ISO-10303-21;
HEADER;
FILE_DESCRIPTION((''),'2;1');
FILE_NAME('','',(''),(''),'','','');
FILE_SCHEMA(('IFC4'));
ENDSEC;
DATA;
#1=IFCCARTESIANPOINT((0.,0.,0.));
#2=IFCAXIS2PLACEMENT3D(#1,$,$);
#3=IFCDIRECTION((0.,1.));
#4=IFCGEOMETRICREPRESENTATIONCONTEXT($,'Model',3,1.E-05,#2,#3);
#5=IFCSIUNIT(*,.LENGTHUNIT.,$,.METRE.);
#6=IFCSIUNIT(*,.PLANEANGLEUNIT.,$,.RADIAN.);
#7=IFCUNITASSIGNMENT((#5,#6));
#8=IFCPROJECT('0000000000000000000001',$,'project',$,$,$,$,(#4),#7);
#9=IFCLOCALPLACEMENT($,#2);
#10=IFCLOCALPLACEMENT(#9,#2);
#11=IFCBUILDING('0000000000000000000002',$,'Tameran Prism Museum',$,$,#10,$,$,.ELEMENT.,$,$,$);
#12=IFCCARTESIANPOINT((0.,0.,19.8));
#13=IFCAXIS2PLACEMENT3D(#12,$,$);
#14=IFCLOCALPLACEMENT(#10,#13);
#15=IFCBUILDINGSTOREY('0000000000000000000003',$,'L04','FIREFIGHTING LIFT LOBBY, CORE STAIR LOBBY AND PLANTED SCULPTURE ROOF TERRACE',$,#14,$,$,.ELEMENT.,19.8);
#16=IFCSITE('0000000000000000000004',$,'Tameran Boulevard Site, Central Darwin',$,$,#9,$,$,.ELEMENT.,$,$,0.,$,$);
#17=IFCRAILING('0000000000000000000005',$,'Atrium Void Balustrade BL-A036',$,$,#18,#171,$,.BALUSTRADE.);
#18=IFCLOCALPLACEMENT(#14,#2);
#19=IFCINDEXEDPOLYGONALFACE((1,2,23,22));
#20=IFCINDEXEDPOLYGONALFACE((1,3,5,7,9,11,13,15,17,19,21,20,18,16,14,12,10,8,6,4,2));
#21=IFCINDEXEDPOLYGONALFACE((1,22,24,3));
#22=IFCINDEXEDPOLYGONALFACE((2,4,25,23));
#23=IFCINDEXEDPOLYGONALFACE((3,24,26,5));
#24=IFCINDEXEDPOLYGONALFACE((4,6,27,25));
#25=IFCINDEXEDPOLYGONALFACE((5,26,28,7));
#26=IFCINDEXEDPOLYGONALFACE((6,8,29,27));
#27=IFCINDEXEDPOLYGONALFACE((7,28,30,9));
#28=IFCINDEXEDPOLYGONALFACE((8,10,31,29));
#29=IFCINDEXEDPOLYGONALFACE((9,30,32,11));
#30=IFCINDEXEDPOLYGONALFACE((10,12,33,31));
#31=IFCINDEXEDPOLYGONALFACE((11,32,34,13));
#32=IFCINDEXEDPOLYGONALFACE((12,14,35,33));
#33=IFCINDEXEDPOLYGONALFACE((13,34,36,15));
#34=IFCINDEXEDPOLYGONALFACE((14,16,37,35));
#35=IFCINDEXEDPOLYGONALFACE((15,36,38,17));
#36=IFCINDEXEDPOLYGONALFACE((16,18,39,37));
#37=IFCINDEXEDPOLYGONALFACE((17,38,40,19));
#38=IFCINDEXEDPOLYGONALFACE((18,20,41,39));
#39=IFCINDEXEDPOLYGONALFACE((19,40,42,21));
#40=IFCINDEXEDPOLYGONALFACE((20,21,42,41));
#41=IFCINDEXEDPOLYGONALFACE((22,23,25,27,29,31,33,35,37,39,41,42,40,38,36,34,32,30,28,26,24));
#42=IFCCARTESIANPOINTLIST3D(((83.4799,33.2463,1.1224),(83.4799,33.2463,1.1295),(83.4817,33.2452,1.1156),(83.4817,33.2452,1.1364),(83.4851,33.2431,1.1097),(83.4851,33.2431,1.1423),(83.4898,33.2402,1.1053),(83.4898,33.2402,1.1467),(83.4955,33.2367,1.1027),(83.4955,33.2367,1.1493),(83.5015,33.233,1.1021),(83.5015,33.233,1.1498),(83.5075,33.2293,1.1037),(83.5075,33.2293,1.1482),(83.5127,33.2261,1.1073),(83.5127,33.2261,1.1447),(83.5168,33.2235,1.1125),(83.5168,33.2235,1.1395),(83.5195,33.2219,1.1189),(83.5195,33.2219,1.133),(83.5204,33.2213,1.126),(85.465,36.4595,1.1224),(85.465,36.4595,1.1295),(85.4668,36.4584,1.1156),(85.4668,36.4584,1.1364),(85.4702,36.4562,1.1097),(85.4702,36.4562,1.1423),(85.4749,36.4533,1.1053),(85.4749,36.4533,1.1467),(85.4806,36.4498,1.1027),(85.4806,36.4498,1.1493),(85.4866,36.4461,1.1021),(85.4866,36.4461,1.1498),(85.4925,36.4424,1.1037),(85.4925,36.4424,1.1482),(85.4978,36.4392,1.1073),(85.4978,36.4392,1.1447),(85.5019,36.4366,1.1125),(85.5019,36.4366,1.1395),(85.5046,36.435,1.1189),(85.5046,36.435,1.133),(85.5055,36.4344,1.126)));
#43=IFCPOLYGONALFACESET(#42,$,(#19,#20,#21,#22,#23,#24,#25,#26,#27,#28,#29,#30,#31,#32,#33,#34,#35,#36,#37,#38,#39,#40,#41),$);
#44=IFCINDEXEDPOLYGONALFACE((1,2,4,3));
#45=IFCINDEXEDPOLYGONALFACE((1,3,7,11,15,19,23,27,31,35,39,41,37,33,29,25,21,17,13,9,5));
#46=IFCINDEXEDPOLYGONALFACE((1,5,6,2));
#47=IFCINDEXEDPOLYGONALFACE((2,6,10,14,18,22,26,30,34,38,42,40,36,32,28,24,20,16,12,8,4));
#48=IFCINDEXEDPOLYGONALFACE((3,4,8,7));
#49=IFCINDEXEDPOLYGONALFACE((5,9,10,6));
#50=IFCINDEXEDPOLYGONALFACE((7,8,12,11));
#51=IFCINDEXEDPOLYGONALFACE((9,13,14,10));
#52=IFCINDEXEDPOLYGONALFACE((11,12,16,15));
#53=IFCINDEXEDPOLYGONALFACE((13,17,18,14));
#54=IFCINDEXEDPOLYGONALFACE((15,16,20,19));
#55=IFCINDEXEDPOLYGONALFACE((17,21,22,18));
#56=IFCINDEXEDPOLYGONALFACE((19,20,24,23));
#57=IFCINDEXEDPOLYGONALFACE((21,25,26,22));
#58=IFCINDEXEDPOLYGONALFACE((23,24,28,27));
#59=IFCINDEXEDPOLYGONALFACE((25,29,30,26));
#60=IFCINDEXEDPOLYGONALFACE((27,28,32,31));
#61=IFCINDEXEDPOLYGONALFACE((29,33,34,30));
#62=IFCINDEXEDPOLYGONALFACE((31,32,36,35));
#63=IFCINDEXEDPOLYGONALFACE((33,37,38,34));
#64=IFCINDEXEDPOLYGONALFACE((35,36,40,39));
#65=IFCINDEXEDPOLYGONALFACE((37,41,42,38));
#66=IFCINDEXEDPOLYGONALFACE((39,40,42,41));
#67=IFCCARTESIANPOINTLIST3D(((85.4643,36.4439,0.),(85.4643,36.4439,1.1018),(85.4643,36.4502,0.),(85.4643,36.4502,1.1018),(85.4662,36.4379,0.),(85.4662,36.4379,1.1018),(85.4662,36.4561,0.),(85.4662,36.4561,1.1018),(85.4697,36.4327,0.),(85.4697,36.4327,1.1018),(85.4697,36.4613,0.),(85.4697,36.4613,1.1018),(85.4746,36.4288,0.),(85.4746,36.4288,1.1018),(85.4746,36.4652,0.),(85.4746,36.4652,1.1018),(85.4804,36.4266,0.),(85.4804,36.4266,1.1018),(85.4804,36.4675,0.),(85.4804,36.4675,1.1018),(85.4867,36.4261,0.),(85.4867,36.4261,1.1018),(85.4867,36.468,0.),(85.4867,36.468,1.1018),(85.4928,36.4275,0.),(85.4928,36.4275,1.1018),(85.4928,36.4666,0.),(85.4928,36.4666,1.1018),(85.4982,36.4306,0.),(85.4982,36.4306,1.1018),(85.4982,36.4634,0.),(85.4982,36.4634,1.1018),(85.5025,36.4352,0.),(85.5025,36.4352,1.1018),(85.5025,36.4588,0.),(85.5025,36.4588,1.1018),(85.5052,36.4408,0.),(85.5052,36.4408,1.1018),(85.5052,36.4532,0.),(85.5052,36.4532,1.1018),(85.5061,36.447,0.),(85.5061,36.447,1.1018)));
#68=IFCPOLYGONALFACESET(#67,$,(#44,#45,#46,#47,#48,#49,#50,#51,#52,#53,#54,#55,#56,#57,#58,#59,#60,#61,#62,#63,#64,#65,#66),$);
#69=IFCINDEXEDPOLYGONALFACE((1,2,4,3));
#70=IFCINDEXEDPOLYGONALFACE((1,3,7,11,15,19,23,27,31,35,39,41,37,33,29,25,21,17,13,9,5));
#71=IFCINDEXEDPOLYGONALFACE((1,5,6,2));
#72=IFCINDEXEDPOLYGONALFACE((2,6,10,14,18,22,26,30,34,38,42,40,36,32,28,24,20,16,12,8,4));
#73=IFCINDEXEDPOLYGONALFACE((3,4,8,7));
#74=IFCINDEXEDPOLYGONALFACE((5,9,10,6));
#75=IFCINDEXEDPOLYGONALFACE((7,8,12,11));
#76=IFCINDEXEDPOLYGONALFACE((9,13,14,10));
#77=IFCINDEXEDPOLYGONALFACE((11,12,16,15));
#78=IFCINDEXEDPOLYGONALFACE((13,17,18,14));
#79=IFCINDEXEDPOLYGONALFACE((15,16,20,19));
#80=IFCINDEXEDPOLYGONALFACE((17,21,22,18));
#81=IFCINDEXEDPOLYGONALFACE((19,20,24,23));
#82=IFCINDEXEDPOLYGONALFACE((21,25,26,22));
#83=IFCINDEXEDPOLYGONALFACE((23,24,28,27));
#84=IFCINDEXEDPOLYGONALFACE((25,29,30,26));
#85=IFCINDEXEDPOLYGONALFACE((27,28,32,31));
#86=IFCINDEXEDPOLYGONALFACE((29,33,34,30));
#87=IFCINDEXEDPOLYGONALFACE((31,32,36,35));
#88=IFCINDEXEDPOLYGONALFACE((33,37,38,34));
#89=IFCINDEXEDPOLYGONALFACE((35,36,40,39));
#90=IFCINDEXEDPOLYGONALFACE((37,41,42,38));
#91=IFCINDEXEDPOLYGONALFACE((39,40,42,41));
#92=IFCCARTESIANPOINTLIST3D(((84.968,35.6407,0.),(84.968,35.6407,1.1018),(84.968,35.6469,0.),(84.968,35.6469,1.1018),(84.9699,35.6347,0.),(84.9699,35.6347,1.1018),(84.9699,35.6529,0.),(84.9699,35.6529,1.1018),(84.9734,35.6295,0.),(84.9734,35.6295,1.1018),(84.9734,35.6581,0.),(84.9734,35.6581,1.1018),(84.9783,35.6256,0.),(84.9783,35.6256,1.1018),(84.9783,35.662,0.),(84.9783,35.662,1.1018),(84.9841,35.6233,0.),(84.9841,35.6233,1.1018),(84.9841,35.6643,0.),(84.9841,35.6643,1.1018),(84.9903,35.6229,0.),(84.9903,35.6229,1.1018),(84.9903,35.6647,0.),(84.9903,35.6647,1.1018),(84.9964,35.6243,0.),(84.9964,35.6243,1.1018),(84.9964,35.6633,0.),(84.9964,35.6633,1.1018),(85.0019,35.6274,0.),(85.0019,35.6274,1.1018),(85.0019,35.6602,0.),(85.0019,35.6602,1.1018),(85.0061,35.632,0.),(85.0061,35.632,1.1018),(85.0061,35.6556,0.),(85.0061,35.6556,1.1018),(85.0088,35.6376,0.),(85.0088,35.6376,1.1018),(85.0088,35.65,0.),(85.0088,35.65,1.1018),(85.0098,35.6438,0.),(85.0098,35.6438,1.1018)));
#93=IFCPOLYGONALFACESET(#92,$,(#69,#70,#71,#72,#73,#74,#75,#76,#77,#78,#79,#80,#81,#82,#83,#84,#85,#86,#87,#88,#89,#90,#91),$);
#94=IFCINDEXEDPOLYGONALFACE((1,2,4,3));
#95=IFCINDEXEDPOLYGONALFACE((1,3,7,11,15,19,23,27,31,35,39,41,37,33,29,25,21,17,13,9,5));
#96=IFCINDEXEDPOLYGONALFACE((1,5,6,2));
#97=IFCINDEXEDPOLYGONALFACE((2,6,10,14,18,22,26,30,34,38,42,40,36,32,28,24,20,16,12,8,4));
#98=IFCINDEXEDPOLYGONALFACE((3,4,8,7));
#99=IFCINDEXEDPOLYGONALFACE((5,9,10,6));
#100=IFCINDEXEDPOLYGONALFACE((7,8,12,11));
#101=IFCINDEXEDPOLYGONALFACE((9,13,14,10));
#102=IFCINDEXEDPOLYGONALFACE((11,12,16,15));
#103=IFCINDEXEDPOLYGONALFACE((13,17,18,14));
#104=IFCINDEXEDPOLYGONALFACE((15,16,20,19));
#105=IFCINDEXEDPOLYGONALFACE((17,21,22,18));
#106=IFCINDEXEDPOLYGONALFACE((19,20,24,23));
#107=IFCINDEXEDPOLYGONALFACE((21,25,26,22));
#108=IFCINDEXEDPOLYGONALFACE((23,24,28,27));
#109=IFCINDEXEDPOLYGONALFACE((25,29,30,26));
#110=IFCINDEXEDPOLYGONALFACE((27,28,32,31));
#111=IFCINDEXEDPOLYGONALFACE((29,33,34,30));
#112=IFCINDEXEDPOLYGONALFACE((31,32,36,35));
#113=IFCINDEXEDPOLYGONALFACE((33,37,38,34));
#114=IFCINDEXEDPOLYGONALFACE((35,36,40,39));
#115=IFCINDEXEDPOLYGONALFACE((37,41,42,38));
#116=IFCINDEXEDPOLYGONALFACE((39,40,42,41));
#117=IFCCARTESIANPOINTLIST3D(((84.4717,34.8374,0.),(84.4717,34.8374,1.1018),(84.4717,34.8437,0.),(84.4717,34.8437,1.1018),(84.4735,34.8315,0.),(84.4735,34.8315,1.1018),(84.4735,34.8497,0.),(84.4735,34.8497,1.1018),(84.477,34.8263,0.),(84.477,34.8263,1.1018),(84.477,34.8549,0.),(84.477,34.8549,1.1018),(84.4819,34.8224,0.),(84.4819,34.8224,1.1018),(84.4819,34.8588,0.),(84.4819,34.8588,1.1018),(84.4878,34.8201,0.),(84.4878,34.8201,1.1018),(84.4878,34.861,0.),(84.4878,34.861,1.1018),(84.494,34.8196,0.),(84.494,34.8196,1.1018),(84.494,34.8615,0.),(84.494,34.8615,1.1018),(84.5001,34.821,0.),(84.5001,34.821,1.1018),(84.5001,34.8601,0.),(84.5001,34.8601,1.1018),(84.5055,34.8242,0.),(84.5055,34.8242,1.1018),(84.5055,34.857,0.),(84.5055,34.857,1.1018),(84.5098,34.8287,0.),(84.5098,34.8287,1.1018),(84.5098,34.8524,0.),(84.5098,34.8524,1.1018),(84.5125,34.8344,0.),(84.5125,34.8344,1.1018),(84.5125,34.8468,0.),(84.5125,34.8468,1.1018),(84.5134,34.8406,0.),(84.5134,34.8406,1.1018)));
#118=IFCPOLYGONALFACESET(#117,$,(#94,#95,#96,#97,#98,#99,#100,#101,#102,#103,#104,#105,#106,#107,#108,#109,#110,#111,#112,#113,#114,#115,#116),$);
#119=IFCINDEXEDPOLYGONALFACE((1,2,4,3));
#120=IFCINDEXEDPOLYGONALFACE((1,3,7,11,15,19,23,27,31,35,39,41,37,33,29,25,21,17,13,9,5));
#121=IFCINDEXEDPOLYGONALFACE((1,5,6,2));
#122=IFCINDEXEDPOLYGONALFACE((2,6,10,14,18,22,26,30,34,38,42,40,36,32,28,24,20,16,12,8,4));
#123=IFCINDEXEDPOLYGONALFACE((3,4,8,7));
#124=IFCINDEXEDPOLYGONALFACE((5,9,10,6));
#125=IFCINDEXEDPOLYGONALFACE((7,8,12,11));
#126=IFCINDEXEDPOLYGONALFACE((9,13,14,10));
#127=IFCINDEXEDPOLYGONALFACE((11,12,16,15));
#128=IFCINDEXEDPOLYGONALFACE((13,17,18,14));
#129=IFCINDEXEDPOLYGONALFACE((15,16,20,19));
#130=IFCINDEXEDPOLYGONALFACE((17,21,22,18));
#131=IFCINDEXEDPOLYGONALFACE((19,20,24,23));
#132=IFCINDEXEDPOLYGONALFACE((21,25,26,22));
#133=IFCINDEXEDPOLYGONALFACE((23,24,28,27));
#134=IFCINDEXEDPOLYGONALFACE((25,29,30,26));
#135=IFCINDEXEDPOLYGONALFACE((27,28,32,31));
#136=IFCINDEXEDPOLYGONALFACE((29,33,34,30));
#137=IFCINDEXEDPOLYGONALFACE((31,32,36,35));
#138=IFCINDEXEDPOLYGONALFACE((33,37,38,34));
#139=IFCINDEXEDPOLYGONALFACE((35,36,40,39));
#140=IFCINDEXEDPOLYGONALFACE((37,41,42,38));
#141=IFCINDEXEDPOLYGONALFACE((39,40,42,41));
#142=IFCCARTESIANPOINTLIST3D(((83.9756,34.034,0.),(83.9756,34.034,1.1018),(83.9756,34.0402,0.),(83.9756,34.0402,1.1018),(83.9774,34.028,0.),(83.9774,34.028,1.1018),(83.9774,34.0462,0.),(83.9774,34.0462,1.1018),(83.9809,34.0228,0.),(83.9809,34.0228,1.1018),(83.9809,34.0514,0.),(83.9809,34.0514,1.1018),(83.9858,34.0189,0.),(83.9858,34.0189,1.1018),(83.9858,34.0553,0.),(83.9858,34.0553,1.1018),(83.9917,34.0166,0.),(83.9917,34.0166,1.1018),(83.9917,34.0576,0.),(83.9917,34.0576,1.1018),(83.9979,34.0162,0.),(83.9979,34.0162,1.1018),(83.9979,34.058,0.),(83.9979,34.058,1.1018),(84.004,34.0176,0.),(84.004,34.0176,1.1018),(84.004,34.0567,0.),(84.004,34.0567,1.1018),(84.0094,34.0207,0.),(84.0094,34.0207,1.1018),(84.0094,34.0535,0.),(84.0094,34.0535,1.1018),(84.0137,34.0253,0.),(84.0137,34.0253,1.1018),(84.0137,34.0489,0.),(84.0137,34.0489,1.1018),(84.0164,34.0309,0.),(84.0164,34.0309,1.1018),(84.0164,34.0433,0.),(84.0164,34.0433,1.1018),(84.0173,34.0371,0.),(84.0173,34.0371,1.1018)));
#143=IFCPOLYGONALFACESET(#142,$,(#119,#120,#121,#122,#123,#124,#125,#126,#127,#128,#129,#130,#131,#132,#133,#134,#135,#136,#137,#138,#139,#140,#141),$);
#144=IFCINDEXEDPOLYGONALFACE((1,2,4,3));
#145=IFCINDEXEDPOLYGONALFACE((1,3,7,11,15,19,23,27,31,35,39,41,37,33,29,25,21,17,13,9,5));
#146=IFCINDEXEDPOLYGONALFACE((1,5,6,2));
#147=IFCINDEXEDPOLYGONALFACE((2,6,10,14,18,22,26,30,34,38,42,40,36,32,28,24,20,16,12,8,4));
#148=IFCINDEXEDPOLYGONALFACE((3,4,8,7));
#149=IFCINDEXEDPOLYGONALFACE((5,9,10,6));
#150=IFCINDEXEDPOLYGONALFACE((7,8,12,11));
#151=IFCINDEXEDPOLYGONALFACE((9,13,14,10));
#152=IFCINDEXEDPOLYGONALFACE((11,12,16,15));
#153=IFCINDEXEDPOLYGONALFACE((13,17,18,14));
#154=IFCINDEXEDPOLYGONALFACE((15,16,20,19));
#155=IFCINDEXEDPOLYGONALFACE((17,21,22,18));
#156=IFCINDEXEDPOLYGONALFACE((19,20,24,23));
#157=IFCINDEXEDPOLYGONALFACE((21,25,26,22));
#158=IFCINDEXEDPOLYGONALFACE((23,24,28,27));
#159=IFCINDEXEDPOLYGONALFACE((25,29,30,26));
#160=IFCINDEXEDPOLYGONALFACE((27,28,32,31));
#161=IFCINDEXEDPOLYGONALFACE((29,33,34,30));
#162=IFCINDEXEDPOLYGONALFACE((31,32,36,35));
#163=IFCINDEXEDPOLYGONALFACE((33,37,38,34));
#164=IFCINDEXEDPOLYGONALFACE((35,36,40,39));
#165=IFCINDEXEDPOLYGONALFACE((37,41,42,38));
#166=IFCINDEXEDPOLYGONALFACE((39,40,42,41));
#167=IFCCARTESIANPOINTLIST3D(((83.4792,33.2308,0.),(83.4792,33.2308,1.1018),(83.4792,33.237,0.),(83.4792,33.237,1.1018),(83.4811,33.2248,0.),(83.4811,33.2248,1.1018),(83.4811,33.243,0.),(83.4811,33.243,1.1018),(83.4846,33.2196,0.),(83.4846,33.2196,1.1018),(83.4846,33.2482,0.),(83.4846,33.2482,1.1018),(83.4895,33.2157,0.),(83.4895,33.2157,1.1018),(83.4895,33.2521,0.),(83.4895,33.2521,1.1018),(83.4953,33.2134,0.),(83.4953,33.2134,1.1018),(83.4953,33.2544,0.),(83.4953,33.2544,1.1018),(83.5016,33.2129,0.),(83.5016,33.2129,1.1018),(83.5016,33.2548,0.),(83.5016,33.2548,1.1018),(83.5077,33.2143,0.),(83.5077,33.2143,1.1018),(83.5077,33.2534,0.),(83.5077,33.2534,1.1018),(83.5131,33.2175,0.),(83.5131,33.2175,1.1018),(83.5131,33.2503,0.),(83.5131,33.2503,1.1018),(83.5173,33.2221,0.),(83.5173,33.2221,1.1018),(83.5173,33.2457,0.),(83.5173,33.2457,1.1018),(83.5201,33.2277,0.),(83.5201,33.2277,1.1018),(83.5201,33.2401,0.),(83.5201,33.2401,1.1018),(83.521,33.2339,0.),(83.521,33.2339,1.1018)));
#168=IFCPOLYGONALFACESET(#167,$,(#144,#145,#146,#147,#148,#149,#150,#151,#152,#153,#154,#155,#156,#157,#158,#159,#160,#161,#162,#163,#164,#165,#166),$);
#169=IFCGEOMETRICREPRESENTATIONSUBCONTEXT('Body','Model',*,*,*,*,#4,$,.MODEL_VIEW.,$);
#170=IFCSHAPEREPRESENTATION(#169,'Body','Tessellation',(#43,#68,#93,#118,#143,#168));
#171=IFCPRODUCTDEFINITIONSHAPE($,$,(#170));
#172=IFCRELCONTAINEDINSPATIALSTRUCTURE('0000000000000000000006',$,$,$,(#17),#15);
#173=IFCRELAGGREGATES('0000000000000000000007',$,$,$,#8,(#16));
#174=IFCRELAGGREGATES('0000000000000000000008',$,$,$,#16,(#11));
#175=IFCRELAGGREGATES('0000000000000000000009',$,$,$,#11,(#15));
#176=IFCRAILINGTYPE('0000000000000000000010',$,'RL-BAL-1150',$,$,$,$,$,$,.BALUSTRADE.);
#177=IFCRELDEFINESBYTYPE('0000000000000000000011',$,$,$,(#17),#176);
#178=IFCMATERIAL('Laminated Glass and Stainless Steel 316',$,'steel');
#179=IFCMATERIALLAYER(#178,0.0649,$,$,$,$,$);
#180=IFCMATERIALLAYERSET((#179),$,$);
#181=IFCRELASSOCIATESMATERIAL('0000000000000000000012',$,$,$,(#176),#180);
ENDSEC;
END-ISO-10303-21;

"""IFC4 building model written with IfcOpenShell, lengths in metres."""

from ifc_helpers import new_model, si_unit, direction, frame, origin, origin_2d, place, context, subcontext, project, spatial, circle, extrude, material, layer, layer_set, type_object, element, save


model = new_model("IFC4")

# Units and contexts
model_context = context("Model", 3, precision=1e-05, world=origin(), true_north=direction((0.0, 1.0)))
body_context = subcontext(model_context, "Body", "Model", "MODEL_VIEW")
ifc_project = project(units=[si_unit("LENGTHUNIT", "METRE"), si_unit("PLANEANGLEUNIT", "RADIAN")], contexts=[model_context])

# Site, building, storey
site_placement = place(None, origin())
site = spatial("IfcSite", under=ifc_project, at=site_placement, Name="Tameran Boulevard Site, Central Darwin", CompositionType="ELEMENT", RefElevation=0.0)
building_placement = place(site_placement, origin())
building = spatial("IfcBuilding", under=site, at=building_placement, Name="Tameran Prism Museum", CompositionType="ELEMENT")
storey_placement = place(building_placement, frame((0.0, 0.0, 19.8)))
storey = spatial("IfcBuildingStorey", under=building, at=storey_placement, Name="L04", Description="FIREFIGHTING LIFT LOBBY, CORE STAIR LOBBY AND PLANTED SCULPTURE ROOF TERRACE", CompositionType="ELEMENT", Elevation=19.8)

# Railing
ifc_material_1 = material(Name="Laminated Glass and Stainless Steel 316", Category="steel")
ifc_layer_1 = layer(ifc_material_1, 0.0649)
ifc_layer_set_1 = layer_set([ifc_layer_1])
railing_type = type_object("IfcRailingType", Name="RL-BAL-1150", PredefinedType="BALUSTRADE", material=ifc_layer_set_1)
railing_placement = place(storey_placement, frame((85.4851, 36.447, 0.0)))
element("IfcRailing", 1, at=railing_placement, inside=storey, type_object=railing_type, Name="Atrium Void Balustrade BL-A036", PredefinedType="BALUSTRADE", context=body_context, shape_type="SweptSolid", body=[
    extrude(circle(Radius=0.0239, at=origin_2d()), frame((0.0, 0.0, 1.126), z_axis=(-0.525593, -0.850736, 0.0), x_axis=(0.850736, -0.525593, 0.0)), (0.0, 0.0, 1.0), 3.7769),
    extrude(circle(Radius=0.021, at=origin_2d()), origin(), (0.0, 0.0, 1.0), 1.1018),
    extrude(circle(Radius=0.021, at=origin_2d()), frame((-0.4963, -0.8032, 0.0)), (0.0, 0.0, 1.0), 1.1018),
    extrude(circle(Radius=0.021, at=origin_2d()), frame((-0.9927, -1.6064, 0.0)), (0.0, 0.0, 1.0), 1.1018),
    extrude(circle(Radius=0.021, at=origin_2d()), frame((-1.4888, -2.4099, 0.0)), (0.0, 0.0, 1.0), 1.1018),
    extrude(circle(Radius=0.021, at=origin_2d()), frame((-1.9851, -3.2131, 0.0)), (0.0, 0.0, 1.0), 1.1018),
])

save(model, "model.ifc")
